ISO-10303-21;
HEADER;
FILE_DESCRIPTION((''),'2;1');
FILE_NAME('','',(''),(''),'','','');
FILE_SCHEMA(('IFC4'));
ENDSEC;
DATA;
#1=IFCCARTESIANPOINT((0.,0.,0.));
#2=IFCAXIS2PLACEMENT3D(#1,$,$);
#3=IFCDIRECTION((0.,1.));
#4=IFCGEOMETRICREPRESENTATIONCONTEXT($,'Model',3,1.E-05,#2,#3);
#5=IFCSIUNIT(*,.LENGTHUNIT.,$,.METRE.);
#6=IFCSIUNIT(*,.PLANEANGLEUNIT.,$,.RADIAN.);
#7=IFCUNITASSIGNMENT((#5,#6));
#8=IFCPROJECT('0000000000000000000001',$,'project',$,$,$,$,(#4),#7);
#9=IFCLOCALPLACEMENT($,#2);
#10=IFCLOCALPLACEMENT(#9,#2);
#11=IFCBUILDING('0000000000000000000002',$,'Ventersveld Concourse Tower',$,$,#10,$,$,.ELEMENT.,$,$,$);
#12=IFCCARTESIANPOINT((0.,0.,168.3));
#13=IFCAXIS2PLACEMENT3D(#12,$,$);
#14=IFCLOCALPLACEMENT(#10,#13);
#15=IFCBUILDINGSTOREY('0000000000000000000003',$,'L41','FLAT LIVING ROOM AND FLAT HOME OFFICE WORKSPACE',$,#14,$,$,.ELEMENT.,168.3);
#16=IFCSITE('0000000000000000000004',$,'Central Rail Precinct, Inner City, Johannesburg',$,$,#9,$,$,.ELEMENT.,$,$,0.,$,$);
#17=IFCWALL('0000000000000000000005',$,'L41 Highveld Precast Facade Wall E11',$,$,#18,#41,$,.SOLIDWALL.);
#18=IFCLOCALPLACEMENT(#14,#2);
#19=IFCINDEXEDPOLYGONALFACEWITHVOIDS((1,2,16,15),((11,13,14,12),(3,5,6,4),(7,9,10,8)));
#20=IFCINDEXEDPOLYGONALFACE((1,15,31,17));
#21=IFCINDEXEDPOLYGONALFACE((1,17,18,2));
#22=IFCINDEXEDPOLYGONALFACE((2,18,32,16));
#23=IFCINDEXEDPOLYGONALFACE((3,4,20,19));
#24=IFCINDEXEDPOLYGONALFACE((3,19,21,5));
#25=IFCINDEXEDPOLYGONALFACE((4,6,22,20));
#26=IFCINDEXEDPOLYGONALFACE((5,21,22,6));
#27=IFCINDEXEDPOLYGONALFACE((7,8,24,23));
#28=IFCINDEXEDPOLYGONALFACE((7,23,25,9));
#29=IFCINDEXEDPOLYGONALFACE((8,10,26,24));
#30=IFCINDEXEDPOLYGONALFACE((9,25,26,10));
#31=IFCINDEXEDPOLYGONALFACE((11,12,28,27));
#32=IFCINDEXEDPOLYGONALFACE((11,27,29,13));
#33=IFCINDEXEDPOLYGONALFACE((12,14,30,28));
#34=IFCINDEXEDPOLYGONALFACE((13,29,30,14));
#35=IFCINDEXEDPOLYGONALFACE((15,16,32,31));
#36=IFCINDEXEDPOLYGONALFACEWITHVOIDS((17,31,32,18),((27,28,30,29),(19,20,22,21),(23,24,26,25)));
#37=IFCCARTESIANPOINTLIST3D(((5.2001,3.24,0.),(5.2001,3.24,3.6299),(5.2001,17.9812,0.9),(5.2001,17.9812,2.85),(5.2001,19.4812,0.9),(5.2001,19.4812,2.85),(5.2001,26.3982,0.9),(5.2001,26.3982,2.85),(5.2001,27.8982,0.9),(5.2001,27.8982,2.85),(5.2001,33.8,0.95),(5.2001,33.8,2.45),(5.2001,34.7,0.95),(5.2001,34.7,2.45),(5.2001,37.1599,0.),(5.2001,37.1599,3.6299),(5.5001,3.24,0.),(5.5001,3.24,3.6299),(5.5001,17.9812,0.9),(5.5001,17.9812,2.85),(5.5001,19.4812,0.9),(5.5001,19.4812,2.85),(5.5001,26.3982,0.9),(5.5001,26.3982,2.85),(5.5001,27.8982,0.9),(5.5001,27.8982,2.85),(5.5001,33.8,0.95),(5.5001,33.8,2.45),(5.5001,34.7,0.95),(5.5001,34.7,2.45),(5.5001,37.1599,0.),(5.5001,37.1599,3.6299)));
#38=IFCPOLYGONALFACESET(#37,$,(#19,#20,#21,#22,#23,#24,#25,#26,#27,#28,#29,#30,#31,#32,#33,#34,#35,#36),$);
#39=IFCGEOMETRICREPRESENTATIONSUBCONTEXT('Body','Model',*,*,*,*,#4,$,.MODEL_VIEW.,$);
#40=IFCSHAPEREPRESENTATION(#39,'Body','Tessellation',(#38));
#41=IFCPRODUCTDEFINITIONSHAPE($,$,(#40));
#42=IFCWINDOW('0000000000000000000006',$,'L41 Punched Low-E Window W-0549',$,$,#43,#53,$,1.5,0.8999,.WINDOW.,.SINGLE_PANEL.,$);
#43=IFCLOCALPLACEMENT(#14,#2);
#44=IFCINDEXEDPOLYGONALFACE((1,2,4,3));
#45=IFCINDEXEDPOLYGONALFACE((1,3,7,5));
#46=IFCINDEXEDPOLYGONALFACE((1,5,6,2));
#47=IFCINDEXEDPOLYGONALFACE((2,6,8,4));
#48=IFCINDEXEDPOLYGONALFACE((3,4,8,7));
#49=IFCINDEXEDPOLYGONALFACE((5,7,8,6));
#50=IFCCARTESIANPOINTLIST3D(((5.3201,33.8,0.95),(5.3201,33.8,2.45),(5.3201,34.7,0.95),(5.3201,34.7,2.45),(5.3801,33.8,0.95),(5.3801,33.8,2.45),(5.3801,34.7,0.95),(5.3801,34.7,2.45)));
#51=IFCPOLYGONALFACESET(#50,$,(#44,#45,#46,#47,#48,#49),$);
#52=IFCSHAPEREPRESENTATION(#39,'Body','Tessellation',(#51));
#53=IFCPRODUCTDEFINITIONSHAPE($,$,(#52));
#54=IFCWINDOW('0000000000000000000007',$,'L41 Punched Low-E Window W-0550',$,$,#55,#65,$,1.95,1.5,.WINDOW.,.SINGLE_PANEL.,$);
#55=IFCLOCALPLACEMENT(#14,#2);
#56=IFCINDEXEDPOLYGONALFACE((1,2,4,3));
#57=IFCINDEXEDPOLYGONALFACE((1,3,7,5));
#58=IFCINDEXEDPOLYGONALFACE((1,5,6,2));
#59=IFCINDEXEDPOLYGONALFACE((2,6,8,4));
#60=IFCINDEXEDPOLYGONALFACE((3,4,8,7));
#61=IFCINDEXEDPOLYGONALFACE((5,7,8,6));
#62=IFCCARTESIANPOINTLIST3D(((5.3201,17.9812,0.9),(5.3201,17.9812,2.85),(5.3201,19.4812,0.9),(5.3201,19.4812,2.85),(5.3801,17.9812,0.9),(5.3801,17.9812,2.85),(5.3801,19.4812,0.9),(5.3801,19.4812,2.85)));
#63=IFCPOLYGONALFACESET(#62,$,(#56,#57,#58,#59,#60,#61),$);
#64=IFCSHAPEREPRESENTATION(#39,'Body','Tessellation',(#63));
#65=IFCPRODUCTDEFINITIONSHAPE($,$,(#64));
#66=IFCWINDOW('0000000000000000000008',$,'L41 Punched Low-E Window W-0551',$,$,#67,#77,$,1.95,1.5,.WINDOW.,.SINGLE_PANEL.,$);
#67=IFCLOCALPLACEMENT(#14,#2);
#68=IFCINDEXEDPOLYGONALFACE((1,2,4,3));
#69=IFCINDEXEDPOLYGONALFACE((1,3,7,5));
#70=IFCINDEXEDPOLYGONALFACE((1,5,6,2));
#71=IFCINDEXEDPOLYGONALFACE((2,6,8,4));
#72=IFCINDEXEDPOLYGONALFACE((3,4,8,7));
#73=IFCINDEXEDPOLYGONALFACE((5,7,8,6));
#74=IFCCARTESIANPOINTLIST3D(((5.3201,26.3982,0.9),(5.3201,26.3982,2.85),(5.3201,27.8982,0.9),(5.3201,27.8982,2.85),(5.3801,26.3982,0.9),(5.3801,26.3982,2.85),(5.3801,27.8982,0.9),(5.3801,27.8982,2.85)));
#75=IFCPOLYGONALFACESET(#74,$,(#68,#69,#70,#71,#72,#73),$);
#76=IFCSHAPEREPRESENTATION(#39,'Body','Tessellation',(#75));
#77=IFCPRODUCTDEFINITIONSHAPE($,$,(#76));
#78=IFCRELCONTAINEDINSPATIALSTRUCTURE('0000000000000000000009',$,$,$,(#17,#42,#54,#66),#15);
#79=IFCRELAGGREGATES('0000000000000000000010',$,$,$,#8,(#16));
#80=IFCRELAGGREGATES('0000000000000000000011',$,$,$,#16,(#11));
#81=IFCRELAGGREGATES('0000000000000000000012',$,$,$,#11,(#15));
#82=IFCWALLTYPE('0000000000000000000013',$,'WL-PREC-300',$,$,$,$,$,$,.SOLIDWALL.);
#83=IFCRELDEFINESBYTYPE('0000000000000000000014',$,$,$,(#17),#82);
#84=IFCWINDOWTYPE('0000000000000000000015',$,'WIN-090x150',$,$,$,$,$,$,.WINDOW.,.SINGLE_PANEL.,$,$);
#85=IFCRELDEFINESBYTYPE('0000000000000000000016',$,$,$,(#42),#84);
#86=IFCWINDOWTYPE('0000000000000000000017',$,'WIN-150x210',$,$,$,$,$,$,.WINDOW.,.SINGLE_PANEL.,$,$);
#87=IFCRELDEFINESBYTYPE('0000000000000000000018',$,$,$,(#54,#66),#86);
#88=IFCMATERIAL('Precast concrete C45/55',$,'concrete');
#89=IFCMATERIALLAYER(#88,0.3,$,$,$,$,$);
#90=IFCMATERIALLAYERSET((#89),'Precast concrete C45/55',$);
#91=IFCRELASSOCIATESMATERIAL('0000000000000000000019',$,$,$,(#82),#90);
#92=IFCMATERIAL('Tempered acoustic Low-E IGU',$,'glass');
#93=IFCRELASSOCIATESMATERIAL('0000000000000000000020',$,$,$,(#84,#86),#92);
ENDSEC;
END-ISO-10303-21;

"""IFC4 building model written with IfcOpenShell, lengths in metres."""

from ifc_helpers import new_model, si_unit, direction, frame, frame_2d, origin, place, context, subcontext, project, spatial, rectangle, extrude, material, layer, layer_set, type_object, element, fill, save


model = new_model("IFC4")

# Units and contexts
model_context = context("Model", 3, precision=1e-05, world=origin(), true_north=direction((0.0, 1.0)))
body_context = subcontext(model_context, "Body", "Model", "MODEL_VIEW")
ifc_project = project(units=[si_unit("LENGTHUNIT", "METRE"), si_unit("PLANEANGLEUNIT", "RADIAN")], contexts=[model_context])

# Site, building, storey
site_placement = place(None, origin())
site = spatial("IfcSite", under=ifc_project, at=site_placement, Name="Central Rail Precinct, Inner City, Johannesburg", CompositionType="ELEMENT", RefElevation=0.0)
building_placement = place(site_placement, origin())
building = spatial("IfcBuilding", under=site, at=building_placement, Name="Ventersveld Concourse Tower", CompositionType="ELEMENT")
storey_placement = place(building_placement, frame((0.0, 0.0, 168.3)))
storey = spatial("IfcBuildingStorey", under=building, at=storey_placement, Name="L41", Description="FLAT LIVING ROOM AND FLAT HOME OFFICE WORKSPACE", CompositionType="ELEMENT", Elevation=168.3)

# Shared definitions
ifc_material_1 = material(Name="Precast concrete C45/55", Category="concrete")
ifc_layer_1 = layer(ifc_material_1, 0.3)
ifc_layer_set_1 = layer_set([ifc_layer_1], Name="Precast concrete C45/55")
wall_type_1 = type_object("IfcWallType", Name="WL-PREC-300", PredefinedType="SOLIDWALL", material=ifc_layer_set_1)

# Wall, openings, windows
wall_1_placement = place(storey_placement, frame((5.3501, 37.1599, 0.0), z_axis=(0.0, 0.0, 1.0), x_axis=(0.0, -1.0, 0.0)))
wall_1 = element("IfcWall", 1, at=wall_1_placement, inside=storey, type_object=wall_type_1, Name="L41 Highveld Precast Facade Wall E11", PredefinedType="SOLIDWALL", context=body_context, shape_type="SweptSolid", body=[
    extrude(rectangle(XDim=33.9199, YDim=0.3, at=frame_2d((16.96, 0.0))), origin(), (0.0, 0.0, 1.0), 3.6299),
])
opening_1_placement = place(wall_1_placement, frame((2.46, 0.0, 0.95)))
opening_1 = element("IfcOpeningElement", 2, at=opening_1_placement, cuts=wall_1, PredefinedType="OPENING", context=body_context, shape_type="SweptSolid", body=[
    extrude(rectangle(XDim=0.8999, YDim=1.5, at=frame_2d((0.45, 0.75))), frame((0.0, 0.1602, 0.0), z_axis=(0.0, -1.0, 0.0), x_axis=(1.0, 0.0, 0.0)), (0.0, 0.0, 1.0), 0.3201),
])
opening_2_placement = place(wall_1_placement, frame((17.6787, 0.0, 0.8999)))
opening_2 = element("IfcOpeningElement", 3, at=opening_2_placement, cuts=wall_1, PredefinedType="OPENING", context=body_context, shape_type="SweptSolid", body=[
    extrude(rectangle(XDim=1.5, YDim=1.95, at=frame_2d((0.75, 0.9751))), frame((0.0, 0.1602, 0.0), z_axis=(0.0, -1.0, 0.0), x_axis=(1.0, 0.0, 0.0)), (0.0, 0.0, 1.0), 0.3201),
])
opening_3_placement = place(wall_1_placement, frame((9.2617, 0.0, 0.8999)))
opening_3 = element("IfcOpeningElement", 4, at=opening_3_placement, cuts=wall_1, PredefinedType="OPENING", context=body_context, shape_type="SweptSolid", body=[
    extrude(rectangle(XDim=1.5, YDim=1.95, at=frame_2d((0.75, 0.9751))), frame((0.0, 0.1602, 0.0), z_axis=(0.0, -1.0, 0.0), x_axis=(1.0, 0.0, 0.0)), (0.0, 0.0, 1.0), 0.3201),
])
ifc_material_2 = material(Name="Tempered acoustic Low-E IGU", Category="glass")
window_type_1 = type_object("IfcWindowType", Name="WIN-090x150", PartitioningType="SINGLE_PANEL", PredefinedType="WINDOW", material=ifc_material_2)
window_1_placement = place(opening_1_placement, origin())
window_1 = element("IfcWindow", 5, at=window_1_placement, inside=storey, type_object=window_type_1, Name="L41 Punched Low-E Window W-0549", OverallHeight=1.5, OverallWidth=0.8999, PartitioningType="SINGLE_PANEL", PredefinedType="WINDOW", context=body_context, shape_type="SweptSolid", body=[
    extrude(rectangle(XDim=0.8999, YDim=1.5, at=frame_2d((0.45, 0.75))), frame((0.0, 0.03, 0.0), z_axis=(0.0, -1.0, 0.0), x_axis=(1.0, 0.0, 0.0)), (0.0, 0.0, 1.0), 0.0601),
])
fill(opening_1, window_1)
window_type_2 = type_object("IfcWindowType", Name="WIN-150x210", PartitioningType="SINGLE_PANEL", PredefinedType="WINDOW", material=ifc_material_2)
window_2_placement = place(opening_2_placement, origin())
window_2 = element("IfcWindow", 6, at=window_2_placement, inside=storey, type_object=window_type_2, Name="L41 Punched Low-E Window W-0550", OverallHeight=1.95, OverallWidth=1.5, PartitioningType="SINGLE_PANEL", PredefinedType="WINDOW", context=body_context, shape_type="SweptSolid", body=[
    extrude(rectangle(XDim=1.5, YDim=1.95, at=frame_2d((0.75, 0.9751))), frame((0.0, 0.03, 0.0), z_axis=(0.0, -1.0, 0.0), x_axis=(1.0, 0.0, 0.0)), (0.0, 0.0, 1.0), 0.0601),
])
fill(opening_2, window_2)
window_3_placement = place(opening_3_placement, origin())
window_3 = element("IfcWindow", 7, at=window_3_placement, inside=storey, type_object=window_type_2, Name="L41 Punched Low-E Window W-0551", OverallHeight=1.95, OverallWidth=1.5, PartitioningType="SINGLE_PANEL", PredefinedType="WINDOW", context=body_context, shape_type="SweptSolid", body=[
    extrude(rectangle(XDim=1.5, YDim=1.95, at=frame_2d((0.75, 0.9751))), frame((0.0, 0.03, 0.0), z_axis=(0.0, -1.0, 0.0), x_axis=(1.0, 0.0, 0.0)), (0.0, 0.0, 1.0), 0.0601),
])
fill(opening_3, window_3)

save(model, "model.ifc")
